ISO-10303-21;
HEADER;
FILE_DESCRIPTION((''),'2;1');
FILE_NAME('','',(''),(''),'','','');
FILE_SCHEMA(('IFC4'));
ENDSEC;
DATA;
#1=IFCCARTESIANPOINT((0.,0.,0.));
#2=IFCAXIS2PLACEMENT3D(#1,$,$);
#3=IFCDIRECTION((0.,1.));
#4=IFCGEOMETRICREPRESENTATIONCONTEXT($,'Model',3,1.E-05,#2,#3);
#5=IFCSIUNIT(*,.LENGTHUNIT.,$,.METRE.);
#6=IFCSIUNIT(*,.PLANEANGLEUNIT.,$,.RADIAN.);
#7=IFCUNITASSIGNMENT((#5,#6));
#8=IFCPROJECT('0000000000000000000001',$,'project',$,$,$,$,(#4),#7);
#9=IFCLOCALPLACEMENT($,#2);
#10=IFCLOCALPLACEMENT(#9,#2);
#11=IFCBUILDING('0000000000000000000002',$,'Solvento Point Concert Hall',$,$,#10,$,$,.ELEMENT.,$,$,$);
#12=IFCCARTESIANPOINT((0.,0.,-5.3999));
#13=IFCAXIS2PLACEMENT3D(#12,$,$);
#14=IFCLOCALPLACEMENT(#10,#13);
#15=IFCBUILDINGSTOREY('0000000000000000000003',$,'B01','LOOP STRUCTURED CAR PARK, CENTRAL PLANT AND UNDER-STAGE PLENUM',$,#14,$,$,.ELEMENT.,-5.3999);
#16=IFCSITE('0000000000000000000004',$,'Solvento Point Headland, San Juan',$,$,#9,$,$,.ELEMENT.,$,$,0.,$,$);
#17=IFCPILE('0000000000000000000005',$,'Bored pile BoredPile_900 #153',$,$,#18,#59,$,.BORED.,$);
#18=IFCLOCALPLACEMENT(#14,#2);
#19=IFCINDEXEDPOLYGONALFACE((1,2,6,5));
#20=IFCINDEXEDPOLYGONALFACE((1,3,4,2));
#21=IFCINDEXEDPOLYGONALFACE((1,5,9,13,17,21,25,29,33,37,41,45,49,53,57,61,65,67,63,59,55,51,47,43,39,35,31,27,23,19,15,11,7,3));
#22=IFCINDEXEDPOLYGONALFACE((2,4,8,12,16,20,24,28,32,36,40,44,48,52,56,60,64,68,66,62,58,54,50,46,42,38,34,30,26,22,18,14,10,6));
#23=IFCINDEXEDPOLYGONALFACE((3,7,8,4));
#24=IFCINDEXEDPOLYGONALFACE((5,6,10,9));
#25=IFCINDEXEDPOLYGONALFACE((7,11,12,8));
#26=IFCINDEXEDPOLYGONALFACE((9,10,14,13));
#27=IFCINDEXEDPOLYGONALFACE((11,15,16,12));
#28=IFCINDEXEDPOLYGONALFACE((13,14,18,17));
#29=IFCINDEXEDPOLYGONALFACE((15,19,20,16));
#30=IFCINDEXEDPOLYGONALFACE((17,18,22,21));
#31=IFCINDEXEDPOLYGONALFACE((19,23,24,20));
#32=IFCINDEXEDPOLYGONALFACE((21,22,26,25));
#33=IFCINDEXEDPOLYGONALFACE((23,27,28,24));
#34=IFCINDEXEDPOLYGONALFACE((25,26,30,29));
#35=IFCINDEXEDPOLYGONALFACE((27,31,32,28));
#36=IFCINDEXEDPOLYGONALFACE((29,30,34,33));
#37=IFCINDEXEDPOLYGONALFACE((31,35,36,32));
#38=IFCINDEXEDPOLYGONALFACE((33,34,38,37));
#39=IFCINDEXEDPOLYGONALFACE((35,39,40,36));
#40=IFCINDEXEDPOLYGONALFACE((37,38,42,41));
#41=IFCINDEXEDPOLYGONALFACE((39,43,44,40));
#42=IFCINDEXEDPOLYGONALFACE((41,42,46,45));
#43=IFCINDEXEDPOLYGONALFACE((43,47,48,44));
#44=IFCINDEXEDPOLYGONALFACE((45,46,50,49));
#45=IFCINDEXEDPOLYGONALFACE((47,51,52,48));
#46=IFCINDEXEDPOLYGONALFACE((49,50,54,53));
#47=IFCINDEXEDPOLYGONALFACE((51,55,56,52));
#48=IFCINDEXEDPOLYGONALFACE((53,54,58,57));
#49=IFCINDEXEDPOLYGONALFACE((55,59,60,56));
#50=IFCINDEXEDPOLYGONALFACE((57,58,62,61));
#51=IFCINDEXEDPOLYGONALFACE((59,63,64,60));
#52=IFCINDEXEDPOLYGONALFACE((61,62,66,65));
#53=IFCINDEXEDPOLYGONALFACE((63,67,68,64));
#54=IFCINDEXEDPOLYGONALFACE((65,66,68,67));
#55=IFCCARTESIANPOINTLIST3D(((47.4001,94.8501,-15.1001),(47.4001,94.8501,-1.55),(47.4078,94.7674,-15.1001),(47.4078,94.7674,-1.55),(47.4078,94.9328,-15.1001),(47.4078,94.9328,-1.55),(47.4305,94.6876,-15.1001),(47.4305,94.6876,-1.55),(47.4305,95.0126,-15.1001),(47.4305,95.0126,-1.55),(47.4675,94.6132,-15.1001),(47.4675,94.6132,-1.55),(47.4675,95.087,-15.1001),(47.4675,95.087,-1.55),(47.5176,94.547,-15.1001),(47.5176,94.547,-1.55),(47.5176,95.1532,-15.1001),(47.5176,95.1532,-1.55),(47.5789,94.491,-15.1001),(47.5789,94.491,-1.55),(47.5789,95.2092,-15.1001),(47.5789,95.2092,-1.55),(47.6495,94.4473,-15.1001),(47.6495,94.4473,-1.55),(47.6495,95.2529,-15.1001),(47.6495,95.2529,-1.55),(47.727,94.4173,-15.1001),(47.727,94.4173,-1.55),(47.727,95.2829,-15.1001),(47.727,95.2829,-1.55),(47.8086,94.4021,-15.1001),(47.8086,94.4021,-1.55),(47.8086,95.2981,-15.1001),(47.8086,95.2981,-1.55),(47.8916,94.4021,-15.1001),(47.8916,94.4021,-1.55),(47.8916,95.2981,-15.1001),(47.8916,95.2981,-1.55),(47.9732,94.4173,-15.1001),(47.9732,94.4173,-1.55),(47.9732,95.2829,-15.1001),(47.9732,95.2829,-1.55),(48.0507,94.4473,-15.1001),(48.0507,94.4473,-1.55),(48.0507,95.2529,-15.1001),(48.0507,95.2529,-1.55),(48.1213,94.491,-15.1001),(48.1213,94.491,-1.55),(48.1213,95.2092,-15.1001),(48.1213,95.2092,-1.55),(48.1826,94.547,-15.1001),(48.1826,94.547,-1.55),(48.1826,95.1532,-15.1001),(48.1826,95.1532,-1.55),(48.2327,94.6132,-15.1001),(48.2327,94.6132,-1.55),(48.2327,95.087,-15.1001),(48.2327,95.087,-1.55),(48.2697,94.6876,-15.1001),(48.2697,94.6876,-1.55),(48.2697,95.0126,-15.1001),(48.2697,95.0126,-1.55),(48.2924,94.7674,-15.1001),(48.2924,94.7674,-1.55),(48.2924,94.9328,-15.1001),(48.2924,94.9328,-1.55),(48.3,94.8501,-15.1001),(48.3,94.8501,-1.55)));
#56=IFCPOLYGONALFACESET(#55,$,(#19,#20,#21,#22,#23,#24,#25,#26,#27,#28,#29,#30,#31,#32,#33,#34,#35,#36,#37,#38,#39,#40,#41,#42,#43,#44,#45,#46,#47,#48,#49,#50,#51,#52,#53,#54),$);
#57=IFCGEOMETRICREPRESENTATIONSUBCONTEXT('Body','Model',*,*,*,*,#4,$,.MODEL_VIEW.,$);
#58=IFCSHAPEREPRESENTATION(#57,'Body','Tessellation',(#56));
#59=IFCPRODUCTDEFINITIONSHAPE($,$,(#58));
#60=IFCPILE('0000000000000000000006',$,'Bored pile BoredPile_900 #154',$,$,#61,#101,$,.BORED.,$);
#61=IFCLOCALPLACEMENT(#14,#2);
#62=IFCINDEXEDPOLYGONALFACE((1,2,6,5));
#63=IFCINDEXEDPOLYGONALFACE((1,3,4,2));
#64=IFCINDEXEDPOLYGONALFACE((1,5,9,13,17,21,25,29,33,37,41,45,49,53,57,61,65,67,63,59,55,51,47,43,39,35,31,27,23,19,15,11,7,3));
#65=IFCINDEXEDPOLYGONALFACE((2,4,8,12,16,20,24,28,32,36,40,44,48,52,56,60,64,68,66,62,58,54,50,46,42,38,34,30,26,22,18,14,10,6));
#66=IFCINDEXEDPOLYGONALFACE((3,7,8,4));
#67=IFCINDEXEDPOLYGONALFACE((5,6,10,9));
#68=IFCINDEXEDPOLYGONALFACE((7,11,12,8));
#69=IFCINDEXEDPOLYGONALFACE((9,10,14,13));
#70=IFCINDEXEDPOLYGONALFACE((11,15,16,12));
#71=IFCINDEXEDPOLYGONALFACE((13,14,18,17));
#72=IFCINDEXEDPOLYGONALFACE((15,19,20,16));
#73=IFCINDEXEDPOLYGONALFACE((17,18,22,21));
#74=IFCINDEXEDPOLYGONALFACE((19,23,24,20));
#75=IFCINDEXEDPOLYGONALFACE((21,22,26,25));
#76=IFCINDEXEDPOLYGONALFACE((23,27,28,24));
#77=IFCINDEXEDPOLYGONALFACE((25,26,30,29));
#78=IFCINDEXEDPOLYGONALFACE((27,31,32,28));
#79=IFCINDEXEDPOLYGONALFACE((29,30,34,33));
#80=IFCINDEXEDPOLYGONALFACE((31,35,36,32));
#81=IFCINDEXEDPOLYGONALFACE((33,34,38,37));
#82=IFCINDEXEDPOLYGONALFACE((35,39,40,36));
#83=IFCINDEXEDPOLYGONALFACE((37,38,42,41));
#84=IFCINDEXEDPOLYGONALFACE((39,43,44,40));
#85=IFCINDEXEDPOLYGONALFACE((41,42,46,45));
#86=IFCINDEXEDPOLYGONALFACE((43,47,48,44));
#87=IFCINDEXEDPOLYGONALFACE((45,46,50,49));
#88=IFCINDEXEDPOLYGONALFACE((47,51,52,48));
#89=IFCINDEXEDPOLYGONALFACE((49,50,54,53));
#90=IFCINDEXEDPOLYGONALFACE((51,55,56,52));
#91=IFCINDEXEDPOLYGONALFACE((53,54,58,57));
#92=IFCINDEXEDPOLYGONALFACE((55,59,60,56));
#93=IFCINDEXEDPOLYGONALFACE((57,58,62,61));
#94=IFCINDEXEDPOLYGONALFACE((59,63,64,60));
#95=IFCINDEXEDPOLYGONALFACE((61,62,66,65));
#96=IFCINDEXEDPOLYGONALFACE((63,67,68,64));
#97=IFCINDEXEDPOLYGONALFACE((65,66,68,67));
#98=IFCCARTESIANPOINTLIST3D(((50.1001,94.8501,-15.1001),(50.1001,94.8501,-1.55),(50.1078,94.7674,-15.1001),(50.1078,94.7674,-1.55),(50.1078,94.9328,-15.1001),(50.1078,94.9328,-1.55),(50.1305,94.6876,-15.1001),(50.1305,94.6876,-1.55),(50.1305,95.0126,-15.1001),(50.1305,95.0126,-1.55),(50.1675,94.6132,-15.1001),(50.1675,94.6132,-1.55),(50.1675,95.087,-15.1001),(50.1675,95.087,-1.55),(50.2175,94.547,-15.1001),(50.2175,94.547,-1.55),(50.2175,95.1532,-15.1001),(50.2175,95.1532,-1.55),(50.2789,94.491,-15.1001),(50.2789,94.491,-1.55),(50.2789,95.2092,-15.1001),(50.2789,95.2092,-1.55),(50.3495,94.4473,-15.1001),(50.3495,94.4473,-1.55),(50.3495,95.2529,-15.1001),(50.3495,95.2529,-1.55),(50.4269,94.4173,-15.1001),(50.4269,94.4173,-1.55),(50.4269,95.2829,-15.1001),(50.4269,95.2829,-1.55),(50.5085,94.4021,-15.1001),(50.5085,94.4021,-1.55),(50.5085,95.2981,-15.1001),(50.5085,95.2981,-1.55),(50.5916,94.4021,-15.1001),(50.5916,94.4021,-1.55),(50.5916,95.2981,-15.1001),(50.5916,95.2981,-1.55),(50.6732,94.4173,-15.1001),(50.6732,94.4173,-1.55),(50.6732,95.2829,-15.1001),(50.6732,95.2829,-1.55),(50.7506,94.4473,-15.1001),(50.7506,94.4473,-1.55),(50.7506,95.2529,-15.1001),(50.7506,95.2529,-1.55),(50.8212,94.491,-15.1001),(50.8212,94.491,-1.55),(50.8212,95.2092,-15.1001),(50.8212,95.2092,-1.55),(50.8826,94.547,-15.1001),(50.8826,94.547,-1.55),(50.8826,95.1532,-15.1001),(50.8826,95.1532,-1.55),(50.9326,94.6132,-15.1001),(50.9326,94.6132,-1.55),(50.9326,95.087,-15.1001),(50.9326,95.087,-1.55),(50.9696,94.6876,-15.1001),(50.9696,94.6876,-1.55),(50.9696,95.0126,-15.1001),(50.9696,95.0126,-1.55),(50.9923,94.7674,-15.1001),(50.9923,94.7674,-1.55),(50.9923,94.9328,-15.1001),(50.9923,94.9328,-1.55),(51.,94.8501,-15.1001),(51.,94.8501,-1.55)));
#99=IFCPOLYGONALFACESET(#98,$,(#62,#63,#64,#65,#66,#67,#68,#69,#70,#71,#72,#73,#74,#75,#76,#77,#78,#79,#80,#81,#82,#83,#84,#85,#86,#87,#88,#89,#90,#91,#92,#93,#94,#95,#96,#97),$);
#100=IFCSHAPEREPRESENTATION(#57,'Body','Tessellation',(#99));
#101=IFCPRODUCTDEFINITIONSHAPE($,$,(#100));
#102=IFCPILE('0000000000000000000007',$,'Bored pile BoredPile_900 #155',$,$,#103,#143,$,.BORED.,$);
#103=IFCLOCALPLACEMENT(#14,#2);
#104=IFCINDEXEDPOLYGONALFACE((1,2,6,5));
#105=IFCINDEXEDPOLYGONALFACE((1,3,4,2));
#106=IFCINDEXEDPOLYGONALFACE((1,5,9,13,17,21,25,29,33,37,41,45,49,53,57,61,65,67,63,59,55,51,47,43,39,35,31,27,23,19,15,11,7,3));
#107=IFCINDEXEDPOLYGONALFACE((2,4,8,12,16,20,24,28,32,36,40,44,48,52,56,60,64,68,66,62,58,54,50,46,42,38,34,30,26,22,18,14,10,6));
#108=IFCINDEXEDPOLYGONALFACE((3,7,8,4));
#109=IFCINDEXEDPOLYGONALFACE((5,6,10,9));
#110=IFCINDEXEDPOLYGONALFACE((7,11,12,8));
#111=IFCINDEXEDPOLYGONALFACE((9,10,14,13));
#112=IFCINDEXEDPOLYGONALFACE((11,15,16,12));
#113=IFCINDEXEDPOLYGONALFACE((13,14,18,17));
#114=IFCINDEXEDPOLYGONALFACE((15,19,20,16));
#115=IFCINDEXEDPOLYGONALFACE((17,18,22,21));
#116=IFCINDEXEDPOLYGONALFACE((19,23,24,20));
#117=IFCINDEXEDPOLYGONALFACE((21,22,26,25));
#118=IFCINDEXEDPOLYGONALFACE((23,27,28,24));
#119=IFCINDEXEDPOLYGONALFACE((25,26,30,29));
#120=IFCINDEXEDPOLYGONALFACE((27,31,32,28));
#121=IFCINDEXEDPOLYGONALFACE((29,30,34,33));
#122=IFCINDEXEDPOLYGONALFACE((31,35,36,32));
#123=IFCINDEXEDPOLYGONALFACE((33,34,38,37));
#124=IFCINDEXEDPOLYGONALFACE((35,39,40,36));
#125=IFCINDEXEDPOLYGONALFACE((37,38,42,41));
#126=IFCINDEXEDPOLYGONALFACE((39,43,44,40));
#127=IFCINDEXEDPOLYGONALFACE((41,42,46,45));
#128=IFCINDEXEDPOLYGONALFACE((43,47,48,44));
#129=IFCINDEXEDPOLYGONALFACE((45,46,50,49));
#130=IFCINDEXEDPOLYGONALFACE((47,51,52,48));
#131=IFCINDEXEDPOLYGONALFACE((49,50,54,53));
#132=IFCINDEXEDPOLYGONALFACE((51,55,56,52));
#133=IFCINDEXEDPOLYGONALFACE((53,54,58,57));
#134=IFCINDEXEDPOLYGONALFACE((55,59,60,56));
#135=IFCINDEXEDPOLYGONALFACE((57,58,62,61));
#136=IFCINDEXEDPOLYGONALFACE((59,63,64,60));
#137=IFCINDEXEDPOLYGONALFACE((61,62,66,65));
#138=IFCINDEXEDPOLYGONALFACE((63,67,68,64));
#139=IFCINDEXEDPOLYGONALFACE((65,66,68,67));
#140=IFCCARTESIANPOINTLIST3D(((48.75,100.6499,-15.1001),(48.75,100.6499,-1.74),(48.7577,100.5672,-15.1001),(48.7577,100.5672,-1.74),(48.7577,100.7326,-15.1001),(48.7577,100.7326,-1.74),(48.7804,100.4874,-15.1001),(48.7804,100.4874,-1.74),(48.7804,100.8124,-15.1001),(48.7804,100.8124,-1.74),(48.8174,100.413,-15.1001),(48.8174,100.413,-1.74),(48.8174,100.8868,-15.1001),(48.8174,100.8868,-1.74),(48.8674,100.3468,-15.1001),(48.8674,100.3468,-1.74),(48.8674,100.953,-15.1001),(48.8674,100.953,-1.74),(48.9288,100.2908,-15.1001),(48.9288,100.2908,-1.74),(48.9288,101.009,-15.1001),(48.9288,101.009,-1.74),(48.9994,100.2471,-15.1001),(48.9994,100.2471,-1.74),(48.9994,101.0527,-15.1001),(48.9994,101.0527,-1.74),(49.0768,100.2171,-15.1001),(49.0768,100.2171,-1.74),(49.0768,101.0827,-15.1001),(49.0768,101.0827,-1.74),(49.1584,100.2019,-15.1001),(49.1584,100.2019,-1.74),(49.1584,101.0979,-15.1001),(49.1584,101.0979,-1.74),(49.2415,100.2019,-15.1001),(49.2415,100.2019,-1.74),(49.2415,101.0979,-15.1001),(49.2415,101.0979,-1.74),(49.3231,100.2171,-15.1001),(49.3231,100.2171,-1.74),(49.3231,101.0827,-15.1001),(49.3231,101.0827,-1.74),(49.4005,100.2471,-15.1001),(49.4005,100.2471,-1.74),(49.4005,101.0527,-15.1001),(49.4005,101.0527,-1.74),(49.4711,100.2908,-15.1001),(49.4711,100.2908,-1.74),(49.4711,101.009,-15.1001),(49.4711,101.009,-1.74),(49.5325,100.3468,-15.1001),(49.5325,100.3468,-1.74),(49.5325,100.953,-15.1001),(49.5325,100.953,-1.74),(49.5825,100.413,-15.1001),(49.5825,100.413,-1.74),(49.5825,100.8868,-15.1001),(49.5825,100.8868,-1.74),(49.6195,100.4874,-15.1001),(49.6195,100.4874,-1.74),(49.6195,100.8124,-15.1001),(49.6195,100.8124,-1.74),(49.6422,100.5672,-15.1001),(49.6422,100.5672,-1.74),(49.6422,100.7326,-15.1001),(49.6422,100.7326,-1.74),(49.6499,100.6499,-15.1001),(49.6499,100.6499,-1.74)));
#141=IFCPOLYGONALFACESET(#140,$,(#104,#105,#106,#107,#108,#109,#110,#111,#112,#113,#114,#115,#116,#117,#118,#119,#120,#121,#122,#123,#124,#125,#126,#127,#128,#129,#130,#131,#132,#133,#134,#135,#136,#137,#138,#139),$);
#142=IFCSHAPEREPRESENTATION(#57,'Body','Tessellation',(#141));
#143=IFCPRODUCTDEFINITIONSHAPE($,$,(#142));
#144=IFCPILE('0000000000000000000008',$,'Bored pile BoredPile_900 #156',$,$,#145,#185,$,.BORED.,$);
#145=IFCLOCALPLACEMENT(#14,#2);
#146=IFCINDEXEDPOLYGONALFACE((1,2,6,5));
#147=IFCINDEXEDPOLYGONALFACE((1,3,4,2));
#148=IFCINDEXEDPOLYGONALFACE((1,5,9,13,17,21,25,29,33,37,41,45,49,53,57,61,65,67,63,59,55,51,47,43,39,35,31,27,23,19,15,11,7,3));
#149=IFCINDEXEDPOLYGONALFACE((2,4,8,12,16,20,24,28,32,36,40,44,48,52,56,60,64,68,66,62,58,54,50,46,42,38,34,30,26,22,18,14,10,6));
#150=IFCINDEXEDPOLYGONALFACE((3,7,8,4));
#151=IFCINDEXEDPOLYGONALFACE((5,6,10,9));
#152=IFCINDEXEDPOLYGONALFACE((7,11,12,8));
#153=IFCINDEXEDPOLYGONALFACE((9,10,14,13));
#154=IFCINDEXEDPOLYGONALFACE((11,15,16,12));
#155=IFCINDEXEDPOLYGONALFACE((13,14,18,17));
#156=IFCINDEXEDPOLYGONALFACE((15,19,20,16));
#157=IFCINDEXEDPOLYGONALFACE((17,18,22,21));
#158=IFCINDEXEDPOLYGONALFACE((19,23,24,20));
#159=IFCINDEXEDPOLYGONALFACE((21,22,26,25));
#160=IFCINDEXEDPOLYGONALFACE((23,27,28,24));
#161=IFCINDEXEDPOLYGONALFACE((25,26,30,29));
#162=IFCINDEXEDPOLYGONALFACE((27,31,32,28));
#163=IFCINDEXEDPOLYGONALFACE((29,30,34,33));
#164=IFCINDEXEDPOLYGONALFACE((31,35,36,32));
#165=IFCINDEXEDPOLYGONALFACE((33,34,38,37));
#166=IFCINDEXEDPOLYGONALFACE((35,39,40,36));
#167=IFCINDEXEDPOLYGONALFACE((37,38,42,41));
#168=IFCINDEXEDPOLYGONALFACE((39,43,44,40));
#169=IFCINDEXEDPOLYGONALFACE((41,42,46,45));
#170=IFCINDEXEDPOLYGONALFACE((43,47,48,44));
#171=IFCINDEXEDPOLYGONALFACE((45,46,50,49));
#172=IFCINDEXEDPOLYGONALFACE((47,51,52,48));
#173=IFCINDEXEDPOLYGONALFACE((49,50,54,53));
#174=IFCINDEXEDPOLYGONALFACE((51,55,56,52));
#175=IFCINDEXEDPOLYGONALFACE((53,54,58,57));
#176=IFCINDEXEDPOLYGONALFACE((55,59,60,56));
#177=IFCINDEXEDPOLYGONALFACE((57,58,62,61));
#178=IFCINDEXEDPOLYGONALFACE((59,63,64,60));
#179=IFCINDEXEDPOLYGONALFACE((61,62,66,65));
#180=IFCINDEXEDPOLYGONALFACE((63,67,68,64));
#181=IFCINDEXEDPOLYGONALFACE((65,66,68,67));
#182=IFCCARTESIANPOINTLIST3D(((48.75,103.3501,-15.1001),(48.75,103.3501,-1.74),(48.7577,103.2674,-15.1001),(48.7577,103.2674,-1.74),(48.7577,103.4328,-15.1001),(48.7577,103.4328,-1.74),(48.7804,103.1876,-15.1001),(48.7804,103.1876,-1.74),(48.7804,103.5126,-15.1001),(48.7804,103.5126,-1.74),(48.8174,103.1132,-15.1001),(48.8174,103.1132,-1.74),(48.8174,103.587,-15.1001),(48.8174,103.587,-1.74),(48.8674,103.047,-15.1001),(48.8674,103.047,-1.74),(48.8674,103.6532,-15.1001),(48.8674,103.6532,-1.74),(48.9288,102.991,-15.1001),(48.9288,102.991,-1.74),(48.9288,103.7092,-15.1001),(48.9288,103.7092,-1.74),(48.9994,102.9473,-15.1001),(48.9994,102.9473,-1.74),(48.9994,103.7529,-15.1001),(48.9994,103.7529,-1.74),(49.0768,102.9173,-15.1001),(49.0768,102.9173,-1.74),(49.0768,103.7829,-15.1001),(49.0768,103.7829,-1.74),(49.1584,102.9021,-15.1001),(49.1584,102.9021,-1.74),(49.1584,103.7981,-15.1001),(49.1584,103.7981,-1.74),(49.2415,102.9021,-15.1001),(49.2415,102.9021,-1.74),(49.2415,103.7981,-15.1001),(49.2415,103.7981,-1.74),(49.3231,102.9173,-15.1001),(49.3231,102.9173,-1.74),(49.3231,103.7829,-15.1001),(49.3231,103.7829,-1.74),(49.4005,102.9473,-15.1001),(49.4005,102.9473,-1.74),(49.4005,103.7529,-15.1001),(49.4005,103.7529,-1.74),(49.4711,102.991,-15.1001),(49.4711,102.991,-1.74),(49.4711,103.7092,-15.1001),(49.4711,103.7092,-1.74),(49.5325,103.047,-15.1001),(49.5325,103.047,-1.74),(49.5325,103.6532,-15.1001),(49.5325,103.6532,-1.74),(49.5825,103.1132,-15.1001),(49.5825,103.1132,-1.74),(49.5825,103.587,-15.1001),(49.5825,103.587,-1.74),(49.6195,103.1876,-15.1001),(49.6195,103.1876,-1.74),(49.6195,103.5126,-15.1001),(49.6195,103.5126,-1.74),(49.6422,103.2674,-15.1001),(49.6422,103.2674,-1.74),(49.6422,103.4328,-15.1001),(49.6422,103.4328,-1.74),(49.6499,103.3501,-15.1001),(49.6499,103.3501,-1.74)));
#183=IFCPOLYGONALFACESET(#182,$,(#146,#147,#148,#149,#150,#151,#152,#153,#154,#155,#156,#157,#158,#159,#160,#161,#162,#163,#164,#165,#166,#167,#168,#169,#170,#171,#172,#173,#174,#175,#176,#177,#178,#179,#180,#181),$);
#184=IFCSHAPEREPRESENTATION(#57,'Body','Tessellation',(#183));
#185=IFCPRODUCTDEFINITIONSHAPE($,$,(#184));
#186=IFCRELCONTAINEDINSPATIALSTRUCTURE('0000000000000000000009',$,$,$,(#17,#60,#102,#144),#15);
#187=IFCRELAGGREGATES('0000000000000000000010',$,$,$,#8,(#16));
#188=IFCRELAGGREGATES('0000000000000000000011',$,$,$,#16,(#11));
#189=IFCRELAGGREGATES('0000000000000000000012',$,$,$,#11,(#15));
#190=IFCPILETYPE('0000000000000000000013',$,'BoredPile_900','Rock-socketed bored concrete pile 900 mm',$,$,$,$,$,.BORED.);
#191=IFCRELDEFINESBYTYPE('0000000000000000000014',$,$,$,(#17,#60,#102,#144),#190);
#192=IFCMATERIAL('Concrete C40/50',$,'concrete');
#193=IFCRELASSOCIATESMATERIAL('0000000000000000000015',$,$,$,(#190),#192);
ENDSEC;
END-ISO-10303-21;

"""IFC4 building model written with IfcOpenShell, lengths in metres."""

from ifc_helpers import new_model, si_unit, direction, frame, origin, origin_2d, place, context, subcontext, project, spatial, circle, extrude, material, material_profile, profile_set, type_object, element, save


model = new_model("IFC4")

# Units and contexts
model_context = context("Model", 3, precision=1e-05, world=origin(), true_north=direction((0.0, 1.0)))
body_context = subcontext(model_context, "Body", "Model", "MODEL_VIEW")
ifc_project = project(units=[si_unit("LENGTHUNIT", "METRE"), si_unit("PLANEANGLEUNIT", "RADIAN")], contexts=[model_context])

# Site, building, storey
site_placement = place(None, origin())
site = spatial("IfcSite", under=ifc_project, at=site_placement, Name="Solvento Point Headland, San Juan", CompositionType="ELEMENT", RefElevation=0.0)
building_placement = place(site_placement, origin())
building = spatial("IfcBuilding", under=site, at=building_placement, Name="Solvento Point Concert Hall", CompositionType="ELEMENT")
storey_placement = place(building_placement, frame((0.0, 0.0, -5.3999)))
storey = spatial("IfcBuildingStorey", under=building, at=storey_placement, Name="B01", Description="LOOP STRUCTURED CAR PARK, CENTRAL PLANT AND UNDER-STAGE PLENUM", CompositionType="ELEMENT", Elevation=-5.3999)

# Piles
ifc_material_1 = material(Name="Concrete C40/50", Category="concrete")
ifc_material_profile_1 = material_profile(ifc_material_1, circle(Radius=0.45, at=origin_2d()), Name="BP-900")
ifc_profile_set_1 = profile_set([ifc_material_profile_1], Name="Concrete C40/50")
pile_type = type_object("IfcPileType", Name="BoredPile_900", Description="Rock-socketed bored concrete pile 900 mm", PredefinedType="BORED", material=ifc_profile_set_1)
for number, where, z_axis, x_axis, name in (
    (1, (47.8501, 94.8501, -1.55), (0.0, 0.0, -1.0), (1.0, 0.0, 0.0), "Bored pile BoredPile_900 #153"),
    (2, (50.55, 94.8501, -1.55), (0.0, 0.0, -1.0), (1.0, 0.0, 0.0), "Bored pile BoredPile_900 #154"),
):
    element("IfcPile", number, at=place(storey_placement, frame(where, z_axis=z_axis, x_axis=x_axis)), inside=storey, type_object=pile_type, Name=name, PredefinedType="BORED", context=body_context, shape_type="SweptSolid", body=[
        extrude(circle(Radius=0.45, at=origin_2d()), origin(), (0.0, 0.0, 1.0), 13.55),
    ])
for number, where, z_axis, x_axis, name in (
    (3, (49.2, 100.6499, -1.74), (0.0, 0.0, -1.0), (1.0, 0.0, 0.0), "Bored pile BoredPile_900 #155"),
    (4, (49.2, 103.3501, -1.74), (0.0, 0.0, -1.0), (1.0, 0.0, 0.0), "Bored pile BoredPile_900 #156"),
):
    element("IfcPile", number, at=place(storey_placement, frame(where, z_axis=z_axis, x_axis=x_axis)), inside=storey, type_object=pile_type, Name=name, PredefinedType="BORED", context=body_context, shape_type="SweptSolid", body=[
        extrude(circle(Radius=0.45, at=origin_2d()), origin(), (0.0, 0.0, 1.0), 13.3601),
    ])

save(model, "model.ifc")
